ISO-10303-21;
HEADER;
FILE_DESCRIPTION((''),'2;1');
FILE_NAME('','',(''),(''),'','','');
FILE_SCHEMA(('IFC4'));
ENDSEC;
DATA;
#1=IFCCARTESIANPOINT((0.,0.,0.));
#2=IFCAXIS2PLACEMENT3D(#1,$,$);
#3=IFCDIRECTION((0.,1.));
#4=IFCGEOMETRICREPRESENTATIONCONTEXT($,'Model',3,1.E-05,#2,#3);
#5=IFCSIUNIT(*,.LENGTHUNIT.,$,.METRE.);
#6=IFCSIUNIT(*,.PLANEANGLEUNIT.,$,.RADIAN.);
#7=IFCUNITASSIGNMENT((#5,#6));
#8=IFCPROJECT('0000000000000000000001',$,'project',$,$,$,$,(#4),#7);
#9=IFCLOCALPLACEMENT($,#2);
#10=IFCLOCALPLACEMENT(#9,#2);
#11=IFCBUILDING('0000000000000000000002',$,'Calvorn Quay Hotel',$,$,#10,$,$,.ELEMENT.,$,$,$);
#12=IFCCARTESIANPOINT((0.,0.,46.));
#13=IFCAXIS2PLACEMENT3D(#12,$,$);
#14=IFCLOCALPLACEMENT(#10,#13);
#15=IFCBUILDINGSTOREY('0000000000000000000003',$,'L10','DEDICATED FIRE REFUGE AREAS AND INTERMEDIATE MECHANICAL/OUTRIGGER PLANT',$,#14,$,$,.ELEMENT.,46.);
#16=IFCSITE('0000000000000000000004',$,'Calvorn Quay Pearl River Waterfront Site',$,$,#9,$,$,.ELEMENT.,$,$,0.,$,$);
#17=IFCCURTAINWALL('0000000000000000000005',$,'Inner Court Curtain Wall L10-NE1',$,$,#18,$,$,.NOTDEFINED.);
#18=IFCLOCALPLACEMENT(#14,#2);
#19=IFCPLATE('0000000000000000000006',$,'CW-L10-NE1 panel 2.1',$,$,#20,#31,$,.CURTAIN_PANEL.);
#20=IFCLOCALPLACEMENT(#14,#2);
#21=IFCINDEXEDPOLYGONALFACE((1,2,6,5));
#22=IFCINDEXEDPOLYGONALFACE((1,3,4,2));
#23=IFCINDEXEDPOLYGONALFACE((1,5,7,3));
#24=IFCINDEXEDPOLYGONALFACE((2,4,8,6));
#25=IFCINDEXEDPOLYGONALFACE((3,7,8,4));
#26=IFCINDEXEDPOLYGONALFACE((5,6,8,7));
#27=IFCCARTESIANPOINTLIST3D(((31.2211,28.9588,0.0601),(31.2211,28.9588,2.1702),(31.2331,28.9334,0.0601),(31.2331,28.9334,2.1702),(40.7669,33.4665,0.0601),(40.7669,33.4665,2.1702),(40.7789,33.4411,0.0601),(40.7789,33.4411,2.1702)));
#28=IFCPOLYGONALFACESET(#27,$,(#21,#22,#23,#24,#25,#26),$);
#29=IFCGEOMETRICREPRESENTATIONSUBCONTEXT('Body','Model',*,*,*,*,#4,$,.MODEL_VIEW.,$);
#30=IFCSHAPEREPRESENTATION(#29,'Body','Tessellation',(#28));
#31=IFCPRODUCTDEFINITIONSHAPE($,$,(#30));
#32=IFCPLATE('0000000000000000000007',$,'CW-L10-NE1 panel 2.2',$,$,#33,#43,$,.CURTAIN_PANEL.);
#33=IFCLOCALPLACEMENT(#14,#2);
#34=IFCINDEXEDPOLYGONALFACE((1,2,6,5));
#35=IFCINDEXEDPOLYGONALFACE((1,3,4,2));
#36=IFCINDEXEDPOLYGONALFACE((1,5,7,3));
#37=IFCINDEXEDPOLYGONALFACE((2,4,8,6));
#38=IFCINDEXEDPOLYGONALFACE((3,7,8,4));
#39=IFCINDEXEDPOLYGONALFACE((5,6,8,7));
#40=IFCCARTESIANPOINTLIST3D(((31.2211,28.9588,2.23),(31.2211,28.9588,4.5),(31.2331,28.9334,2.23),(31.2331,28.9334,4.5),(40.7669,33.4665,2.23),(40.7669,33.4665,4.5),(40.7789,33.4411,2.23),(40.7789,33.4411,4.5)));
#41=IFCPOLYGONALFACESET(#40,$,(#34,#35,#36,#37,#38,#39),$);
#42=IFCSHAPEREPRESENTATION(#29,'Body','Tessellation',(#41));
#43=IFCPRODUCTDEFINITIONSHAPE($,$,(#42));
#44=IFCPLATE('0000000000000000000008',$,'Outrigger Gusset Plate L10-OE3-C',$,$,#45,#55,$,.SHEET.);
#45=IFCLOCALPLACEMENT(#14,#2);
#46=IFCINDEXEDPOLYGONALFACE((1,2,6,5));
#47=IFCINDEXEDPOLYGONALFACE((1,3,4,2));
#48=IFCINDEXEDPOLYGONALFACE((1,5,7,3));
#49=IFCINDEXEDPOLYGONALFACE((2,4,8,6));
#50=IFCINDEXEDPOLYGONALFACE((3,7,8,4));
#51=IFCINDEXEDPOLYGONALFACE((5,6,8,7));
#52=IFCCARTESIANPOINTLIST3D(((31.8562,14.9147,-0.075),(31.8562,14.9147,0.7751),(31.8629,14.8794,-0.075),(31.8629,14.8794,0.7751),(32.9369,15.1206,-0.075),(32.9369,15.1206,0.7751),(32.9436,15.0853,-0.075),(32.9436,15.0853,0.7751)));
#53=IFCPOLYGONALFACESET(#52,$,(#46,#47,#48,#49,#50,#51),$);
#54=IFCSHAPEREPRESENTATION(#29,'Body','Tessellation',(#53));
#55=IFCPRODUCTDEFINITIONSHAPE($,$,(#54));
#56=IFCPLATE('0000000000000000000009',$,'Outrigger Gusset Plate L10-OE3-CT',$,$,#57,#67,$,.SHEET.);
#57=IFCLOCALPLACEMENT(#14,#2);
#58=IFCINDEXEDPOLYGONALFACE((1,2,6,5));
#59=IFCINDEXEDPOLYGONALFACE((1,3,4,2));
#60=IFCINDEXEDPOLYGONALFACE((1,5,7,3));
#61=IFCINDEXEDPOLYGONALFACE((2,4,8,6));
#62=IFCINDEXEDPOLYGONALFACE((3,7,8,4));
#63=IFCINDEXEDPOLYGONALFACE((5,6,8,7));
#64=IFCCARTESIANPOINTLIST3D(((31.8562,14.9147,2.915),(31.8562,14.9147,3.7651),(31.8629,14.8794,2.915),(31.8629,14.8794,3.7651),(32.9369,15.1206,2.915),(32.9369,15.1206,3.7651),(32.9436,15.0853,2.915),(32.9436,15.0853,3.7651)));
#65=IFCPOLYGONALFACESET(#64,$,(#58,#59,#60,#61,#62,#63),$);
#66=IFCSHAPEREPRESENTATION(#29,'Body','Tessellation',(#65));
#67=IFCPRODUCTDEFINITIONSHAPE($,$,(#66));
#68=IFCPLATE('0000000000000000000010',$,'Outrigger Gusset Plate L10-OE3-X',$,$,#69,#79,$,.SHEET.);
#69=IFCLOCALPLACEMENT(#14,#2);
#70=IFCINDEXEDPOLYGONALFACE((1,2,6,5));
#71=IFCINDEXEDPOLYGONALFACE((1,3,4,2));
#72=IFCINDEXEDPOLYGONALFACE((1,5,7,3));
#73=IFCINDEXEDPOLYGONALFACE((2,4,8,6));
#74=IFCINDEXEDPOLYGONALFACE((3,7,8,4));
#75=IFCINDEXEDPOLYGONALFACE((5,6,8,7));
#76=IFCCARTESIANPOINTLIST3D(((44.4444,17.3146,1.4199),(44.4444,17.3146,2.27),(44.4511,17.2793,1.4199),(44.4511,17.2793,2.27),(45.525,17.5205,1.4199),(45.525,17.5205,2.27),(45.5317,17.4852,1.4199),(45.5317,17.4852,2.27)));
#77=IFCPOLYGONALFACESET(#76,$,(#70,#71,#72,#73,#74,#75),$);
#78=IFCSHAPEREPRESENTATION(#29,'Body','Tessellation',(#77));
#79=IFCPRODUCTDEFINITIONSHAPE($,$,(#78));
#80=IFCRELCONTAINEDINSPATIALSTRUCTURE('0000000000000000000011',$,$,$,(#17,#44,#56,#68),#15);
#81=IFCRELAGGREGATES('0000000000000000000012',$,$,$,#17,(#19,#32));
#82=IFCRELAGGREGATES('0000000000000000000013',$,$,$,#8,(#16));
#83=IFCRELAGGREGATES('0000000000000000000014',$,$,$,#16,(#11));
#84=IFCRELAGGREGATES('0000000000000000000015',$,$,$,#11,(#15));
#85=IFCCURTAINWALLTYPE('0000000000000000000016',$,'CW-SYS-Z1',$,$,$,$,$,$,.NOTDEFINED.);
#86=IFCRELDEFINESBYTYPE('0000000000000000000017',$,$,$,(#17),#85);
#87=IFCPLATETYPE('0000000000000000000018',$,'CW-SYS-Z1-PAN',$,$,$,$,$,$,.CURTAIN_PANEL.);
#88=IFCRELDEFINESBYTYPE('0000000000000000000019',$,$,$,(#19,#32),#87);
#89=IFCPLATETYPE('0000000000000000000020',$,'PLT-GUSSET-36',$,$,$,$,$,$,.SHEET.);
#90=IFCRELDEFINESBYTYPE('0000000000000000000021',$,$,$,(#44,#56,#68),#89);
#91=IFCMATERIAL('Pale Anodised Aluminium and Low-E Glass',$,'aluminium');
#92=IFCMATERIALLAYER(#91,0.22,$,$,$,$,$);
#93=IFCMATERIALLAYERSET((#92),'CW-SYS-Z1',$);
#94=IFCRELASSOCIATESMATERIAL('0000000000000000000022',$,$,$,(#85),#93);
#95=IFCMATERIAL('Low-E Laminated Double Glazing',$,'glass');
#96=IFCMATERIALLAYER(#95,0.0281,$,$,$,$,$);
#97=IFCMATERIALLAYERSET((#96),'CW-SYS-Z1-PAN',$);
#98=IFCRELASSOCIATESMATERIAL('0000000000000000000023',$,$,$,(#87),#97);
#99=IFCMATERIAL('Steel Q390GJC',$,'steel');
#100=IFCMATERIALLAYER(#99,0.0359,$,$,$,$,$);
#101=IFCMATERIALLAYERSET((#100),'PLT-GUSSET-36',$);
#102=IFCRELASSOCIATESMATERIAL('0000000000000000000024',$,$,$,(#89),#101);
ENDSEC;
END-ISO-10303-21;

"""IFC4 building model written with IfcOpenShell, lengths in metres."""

from ifc_helpers import new_model, si_unit, direction, frame, origin, origin_2d, place, context, subcontext, project, spatial, rectangle, extrude, material, layer, layer_set, type_object, element, aggregate, save


model = new_model("IFC4")

# Units and contexts
model_context = context("Model", 3, precision=1e-05, world=origin(), true_north=direction((0.0, 1.0)))
body_context = subcontext(model_context, "Body", "Model", "MODEL_VIEW")
ifc_project = project(units=[si_unit("LENGTHUNIT", "METRE"), si_unit("PLANEANGLEUNIT", "RADIAN")], contexts=[model_context])

# Site, building, storey
site_placement = place(None, origin())
site = spatial("IfcSite", under=ifc_project, at=site_placement, Name="Calvorn Quay Pearl River Waterfront Site", CompositionType="ELEMENT", RefElevation=0.0)
building_placement = place(site_placement, origin())
building = spatial("IfcBuilding", under=site, at=building_placement, Name="Calvorn Quay Hotel", CompositionType="ELEMENT")
storey_placement = place(building_placement, frame((0.0, 0.0, 46.0)))
storey = spatial("IfcBuildingStorey", under=building, at=storey_placement, Name="L10", Description="DEDICATED FIRE REFUGE AREAS AND INTERMEDIATE MECHANICAL/OUTRIGGER PLANT", CompositionType="ELEMENT", Elevation=46.0)

# Curtain wall
ifc_material_1 = material(Name="Pale Anodised Aluminium and Low-E Glass", Category="aluminium")
ifc_layer_1 = layer(ifc_material_1, 0.22)
ifc_layer_set_1 = layer_set([ifc_layer_1], Name="CW-SYS-Z1")
curtain_wall_type = type_object("IfcCurtainWallType", Name="CW-SYS-Z1", PredefinedType="NOTDEFINED", material=ifc_layer_set_1)
curtain_wall_placement = place(storey_placement, origin())
curtain_wall = element("IfcCurtainWall", 1, at=curtain_wall_placement, inside=storey, type_object=curtain_wall_type, Name="Inner Court Curtain Wall L10-NE1", PredefinedType="NOTDEFINED")

# Plates
ifc_material_2 = material(Name="Low-E Laminated Double Glazing", Category="glass")
ifc_layer_2 = layer(ifc_material_2, 0.0281)
ifc_layer_set_2 = layer_set([ifc_layer_2], Name="CW-SYS-Z1-PAN")
plate_type_1 = type_object("IfcPlateType", Name="CW-SYS-Z1-PAN", PredefinedType="CURTAIN_PANEL", material=ifc_layer_set_2)
plate_1_placement = place(storey_placement, frame((36.0, 31.2, 0.0601), z_axis=(0.0, 0.0, 1.0), x_axis=(-0.904249, -0.427006, 0.0)))
plate_1 = element("IfcPlate", 2, at=plate_1_placement, type_object=plate_type_1, Name="CW-L10-NE1 panel 2.1", PredefinedType="CURTAIN_PANEL", context=body_context, shape_type="SweptSolid", body=[
    extrude(rectangle(XDim=10.5566, YDim=0.0281, at=origin_2d()), origin(), (0.0, 0.0, 1.0), 2.1101),
])
plate_2_placement = place(storey_placement, frame((36.0, 31.2, 2.23), z_axis=(0.0, 0.0, 1.0), x_axis=(-0.904249, -0.427006, 0.0)))
plate_2 = element("IfcPlate", 3, at=plate_2_placement, type_object=plate_type_1, Name="CW-L10-NE1 panel 2.2", PredefinedType="CURTAIN_PANEL", context=body_context, shape_type="SweptSolid", body=[
    extrude(rectangle(XDim=10.5566, YDim=0.0281, at=origin_2d()), origin(), (0.0, 0.0, 1.0), 2.27),
])
aggregate(curtain_wall, [plate_1, plate_2])

# Plates
ifc_material_3 = material(Name="Steel Q390GJC", Category="steel")
ifc_layer_3 = layer(ifc_material_3, 0.0359)
ifc_layer_set_3 = layer_set([ifc_layer_3], Name="PLT-GUSSET-36")
plate_type_2 = type_object("IfcPlateType", Name="PLT-GUSSET-36", PredefinedType="SHEET", material=ifc_layer_set_3)
for number, where, z_axis, x_axis, name in (
    (4, (32.3999, 15.0, -0.075), (0.0, 0.0, 1.0), (0.98232, 0.18721, 0.0), "Outrigger Gusset Plate L10-OE3-C"),
    (5, (32.3999, 15.0, 2.915), (0.0, 0.0, 1.0), (0.98232, 0.18721, 0.0), "Outrigger Gusset Plate L10-OE3-CT"),
    (6, (44.988, 17.3999, 1.4199), (0.0, 0.0, 1.0), (0.98232, 0.18721, 0.0), "Outrigger Gusset Plate L10-OE3-X"),
):
    element("IfcPlate", number, at=place(storey_placement, frame(where, z_axis=z_axis, x_axis=x_axis)), inside=storey, type_object=plate_type_2, Name=name, PredefinedType="SHEET", context=body_context, shape_type="SweptSolid", body=[
        extrude(rectangle(XDim=1.1001, YDim=0.0359, at=origin_2d()), origin(), (0.0, 0.0, 1.0), 0.8501),
    ])

save(model, "model.ifc")
